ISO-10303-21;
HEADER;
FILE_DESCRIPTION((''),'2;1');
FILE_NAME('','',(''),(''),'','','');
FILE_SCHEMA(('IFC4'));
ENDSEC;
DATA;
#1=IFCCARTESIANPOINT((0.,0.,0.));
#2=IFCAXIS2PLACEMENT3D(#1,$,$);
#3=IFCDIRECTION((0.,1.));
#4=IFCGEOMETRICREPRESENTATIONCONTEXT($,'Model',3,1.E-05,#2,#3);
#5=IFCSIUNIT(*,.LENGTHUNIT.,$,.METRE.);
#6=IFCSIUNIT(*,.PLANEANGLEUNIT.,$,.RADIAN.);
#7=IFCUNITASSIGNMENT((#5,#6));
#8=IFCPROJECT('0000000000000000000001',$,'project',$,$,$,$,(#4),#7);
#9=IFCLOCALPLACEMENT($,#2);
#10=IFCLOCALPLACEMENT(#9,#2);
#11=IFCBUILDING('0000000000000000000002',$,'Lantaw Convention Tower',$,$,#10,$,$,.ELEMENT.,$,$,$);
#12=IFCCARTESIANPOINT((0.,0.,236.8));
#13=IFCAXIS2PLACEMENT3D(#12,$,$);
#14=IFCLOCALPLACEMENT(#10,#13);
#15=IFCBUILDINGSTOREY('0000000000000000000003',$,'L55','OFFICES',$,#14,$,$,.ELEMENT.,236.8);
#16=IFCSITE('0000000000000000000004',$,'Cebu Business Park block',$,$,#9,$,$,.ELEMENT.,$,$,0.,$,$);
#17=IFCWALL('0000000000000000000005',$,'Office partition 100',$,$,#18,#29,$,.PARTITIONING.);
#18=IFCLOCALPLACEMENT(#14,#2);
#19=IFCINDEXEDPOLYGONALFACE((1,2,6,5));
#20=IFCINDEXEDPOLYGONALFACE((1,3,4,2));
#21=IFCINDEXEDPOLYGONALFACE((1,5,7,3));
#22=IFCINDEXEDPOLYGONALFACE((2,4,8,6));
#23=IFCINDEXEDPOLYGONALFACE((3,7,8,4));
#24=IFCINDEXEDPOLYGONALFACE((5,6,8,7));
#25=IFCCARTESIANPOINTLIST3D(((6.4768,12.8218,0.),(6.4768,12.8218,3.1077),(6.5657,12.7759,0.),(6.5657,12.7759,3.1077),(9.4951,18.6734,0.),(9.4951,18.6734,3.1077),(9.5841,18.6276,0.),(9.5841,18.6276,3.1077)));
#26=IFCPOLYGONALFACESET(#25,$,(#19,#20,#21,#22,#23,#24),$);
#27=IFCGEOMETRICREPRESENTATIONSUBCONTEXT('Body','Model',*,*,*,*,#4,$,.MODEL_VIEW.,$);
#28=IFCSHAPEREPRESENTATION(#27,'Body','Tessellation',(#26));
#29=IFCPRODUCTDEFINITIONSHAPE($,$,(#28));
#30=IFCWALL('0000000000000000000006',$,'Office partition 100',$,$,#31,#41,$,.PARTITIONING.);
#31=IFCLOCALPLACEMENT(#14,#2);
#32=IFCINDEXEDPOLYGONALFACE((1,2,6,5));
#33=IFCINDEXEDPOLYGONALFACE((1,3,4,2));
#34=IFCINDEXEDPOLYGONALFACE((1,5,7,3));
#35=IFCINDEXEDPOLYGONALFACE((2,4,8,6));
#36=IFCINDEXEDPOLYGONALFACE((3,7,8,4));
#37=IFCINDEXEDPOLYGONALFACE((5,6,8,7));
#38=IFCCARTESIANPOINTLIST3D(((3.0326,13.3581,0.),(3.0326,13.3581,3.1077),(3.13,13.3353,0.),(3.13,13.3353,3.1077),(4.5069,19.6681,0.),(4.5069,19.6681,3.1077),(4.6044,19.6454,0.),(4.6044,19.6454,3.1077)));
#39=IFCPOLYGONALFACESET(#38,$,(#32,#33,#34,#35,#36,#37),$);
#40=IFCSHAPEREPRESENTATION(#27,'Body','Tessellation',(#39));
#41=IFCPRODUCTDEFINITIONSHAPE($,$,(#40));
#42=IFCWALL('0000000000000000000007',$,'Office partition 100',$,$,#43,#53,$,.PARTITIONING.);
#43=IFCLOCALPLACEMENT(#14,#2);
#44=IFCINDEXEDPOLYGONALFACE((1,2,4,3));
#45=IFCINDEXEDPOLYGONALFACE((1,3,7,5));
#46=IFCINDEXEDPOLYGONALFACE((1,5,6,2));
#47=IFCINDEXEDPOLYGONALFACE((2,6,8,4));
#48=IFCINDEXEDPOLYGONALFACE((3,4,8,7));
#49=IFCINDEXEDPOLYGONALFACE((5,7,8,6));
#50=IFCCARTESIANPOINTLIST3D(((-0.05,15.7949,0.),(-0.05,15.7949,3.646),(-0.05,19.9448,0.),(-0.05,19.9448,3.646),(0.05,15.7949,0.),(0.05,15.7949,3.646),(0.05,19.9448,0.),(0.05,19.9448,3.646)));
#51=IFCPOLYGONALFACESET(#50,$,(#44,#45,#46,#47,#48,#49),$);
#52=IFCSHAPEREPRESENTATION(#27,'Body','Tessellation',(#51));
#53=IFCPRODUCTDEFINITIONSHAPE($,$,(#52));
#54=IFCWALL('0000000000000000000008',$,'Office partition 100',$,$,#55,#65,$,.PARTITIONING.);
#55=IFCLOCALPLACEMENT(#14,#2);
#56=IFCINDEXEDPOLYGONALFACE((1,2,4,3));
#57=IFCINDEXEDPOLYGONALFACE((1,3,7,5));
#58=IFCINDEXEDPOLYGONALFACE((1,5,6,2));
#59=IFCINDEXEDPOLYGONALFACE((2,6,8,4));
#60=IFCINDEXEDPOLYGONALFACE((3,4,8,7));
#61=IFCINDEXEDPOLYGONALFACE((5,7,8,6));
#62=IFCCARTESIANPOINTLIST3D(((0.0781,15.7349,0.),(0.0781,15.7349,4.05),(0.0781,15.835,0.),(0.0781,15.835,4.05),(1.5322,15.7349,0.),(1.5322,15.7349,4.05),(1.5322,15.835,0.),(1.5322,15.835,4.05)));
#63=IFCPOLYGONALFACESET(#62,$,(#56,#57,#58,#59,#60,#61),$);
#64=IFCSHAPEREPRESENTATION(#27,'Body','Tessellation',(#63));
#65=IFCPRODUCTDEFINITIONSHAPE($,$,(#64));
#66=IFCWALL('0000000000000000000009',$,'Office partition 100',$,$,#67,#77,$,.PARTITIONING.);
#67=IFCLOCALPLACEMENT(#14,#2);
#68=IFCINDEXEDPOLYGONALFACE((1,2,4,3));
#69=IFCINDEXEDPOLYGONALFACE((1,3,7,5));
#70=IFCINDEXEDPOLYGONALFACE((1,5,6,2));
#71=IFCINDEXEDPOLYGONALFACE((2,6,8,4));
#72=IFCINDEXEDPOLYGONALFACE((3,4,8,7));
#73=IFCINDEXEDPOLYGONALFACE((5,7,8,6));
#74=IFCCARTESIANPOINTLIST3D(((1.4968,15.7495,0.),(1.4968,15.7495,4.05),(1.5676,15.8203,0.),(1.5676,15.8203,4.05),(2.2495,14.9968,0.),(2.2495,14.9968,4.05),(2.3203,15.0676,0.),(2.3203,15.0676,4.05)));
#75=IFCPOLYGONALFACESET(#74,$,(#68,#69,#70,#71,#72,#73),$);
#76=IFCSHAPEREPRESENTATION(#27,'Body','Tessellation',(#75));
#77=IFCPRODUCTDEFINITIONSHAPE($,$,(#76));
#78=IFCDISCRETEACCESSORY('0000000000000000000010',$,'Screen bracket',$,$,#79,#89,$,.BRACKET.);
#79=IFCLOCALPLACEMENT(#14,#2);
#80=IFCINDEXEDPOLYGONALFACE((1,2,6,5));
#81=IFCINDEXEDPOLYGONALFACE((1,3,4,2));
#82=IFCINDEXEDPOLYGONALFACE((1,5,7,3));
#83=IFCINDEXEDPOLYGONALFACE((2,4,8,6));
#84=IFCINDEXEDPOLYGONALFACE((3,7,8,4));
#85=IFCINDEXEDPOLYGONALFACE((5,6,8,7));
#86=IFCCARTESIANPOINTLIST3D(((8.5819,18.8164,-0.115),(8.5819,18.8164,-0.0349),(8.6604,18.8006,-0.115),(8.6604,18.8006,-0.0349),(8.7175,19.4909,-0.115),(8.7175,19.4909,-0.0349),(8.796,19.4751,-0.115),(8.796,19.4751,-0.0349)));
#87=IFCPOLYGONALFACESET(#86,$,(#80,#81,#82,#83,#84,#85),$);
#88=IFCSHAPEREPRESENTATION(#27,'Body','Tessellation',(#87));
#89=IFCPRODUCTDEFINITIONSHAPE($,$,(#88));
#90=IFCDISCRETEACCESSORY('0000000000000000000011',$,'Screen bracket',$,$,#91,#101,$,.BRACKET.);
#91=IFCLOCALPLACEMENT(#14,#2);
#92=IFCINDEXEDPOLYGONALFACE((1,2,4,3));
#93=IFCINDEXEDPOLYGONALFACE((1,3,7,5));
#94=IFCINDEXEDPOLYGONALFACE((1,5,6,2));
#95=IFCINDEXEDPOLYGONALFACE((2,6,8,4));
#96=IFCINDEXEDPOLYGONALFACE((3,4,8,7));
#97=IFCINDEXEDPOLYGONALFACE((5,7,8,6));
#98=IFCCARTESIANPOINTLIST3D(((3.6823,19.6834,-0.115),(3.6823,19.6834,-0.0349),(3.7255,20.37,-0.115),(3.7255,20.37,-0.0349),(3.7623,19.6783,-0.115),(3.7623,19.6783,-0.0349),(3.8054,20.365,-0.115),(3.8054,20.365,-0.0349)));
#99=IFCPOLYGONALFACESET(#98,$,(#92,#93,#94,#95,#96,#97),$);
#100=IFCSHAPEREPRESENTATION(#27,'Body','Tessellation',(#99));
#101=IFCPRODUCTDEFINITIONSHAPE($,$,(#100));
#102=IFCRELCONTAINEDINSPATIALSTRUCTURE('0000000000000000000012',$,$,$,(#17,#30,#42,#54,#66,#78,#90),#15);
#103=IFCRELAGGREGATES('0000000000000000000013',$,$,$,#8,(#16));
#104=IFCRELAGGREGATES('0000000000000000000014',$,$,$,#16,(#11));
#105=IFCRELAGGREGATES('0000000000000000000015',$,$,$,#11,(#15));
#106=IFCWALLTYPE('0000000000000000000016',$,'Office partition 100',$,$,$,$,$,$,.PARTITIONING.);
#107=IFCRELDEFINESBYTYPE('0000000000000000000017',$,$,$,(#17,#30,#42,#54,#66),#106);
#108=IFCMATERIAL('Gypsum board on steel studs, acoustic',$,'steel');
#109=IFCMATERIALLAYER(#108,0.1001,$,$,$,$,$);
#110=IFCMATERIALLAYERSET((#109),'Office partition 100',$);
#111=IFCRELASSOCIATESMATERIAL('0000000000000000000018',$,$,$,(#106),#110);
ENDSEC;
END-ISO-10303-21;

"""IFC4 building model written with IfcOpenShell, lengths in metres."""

from ifc_helpers import new_model, si_unit, direction, frame, frame_2d, origin, origin_2d, place, context, subcontext, project, spatial, rectangle, extrude, material, layer, layer_set, type_object, element, save


model = new_model("IFC4")

# Units and contexts
model_context = context("Model", 3, precision=1e-05, world=origin(), true_north=direction((0.0, 1.0)))
body_context = subcontext(model_context, "Body", "Model", "MODEL_VIEW")
ifc_project = project(units=[si_unit("LENGTHUNIT", "METRE"), si_unit("PLANEANGLEUNIT", "RADIAN")], contexts=[model_context])

# Site, building, storey
site_placement = place(None, origin())
site = spatial("IfcSite", under=ifc_project, at=site_placement, Name="Cebu Business Park block", CompositionType="ELEMENT", RefElevation=0.0)
building_placement = place(site_placement, origin())
building = spatial("IfcBuilding", under=site, at=building_placement, Name="Lantaw Convention Tower", CompositionType="ELEMENT")
storey_placement = place(building_placement, frame((0.0, 0.0, 236.8)))
storey = spatial("IfcBuildingStorey", under=building, at=storey_placement, Name="L55", Description="OFFICES", CompositionType="ELEMENT", Elevation=236.8)

# Walls
ifc_material_1 = material(Name="Gypsum board on steel studs, acoustic", Category="steel")
ifc_layer_1 = layer(ifc_material_1, 0.1001)
ifc_layer_set_1 = layer_set([ifc_layer_1], Name="Office partition 100")
wall_type_1 = type_object("IfcWallType", Name="Office partition 100", PredefinedType="PARTITIONING", material=ifc_layer_set_1)
wall_1_placement = place(storey_placement, frame((9.5396, 18.6504, 0.0), z_axis=(0.0, 0.0, 1.0), x_axis=(-0.458421, -0.888735, 0.0)))
element("IfcWall", 1, at=wall_1_placement, inside=storey, type_object=wall_type_1, Name="Office partition 100", PredefinedType="PARTITIONING", context=body_context, shape_type="SweptSolid", body=[
    extrude(rectangle(XDim=6.5842, YDim=0.1001, at=frame_2d((3.292, 0.0))), origin(), (0.0, 0.0, 1.0), 3.1077),
])
wall_2_placement = place(storey_placement, frame((4.5557, 19.6567, 0.0), z_axis=(0.0, 0.0, 1.0), x_axis=(-0.227525, -0.973772, 0.0)))
element("IfcWall", 2, at=wall_2_placement, inside=storey, type_object=wall_type_1, Name="Office partition 100", PredefinedType="PARTITIONING", context=body_context, shape_type="SweptSolid", body=[
    extrude(rectangle(XDim=6.48, YDim=0.1001, at=frame_2d((3.24, 0.0))), origin(), (0.0, 0.0, 1.0), 3.1077),
])
wall_3_placement = place(storey_placement, frame((0.0, 19.9448, 0.0), z_axis=(0.0, 0.0, 1.0), x_axis=(0.0, -1.0, 0.0)))
element("IfcWall", 3, at=wall_3_placement, inside=storey, type_object=wall_type_1, Name="Office partition 100", PredefinedType="PARTITIONING", context=body_context, shape_type="SweptSolid", body=[
    extrude(rectangle(XDim=4.1499, YDim=0.1001, at=frame_2d((2.075, 0.0))), origin(), (0.0, 0.0, 1.0), 3.646),
])
wall_4_placement = place(storey_placement, frame((0.0781, 15.7849, 0.0), z_axis=(0.0, 0.0, 1.0), x_axis=(1.0, 0.0, 0.0)))
element("IfcWall", 4, at=wall_4_placement, inside=storey, type_object=wall_type_1, Name="Office partition 100", PredefinedType="PARTITIONING", context=body_context, shape_type="SweptSolid", body=[
    extrude(rectangle(XDim=1.4541, YDim=0.1001, at=frame_2d((0.7271, 0.0))), origin(), (0.0, 0.0, 1.0), 4.05),
])
wall_5_placement = place(storey_placement, frame((1.5322, 15.7849, 0.0), z_axis=(0.0, 0.0, 1.0), x_axis=(0.707107, -0.707107, 0.0)))
element("IfcWall", 5, at=wall_5_placement, inside=storey, type_object=wall_type_1, Name="Office partition 100", PredefinedType="PARTITIONING", context=body_context, shape_type="SweptSolid", body=[
    extrude(rectangle(XDim=1.0645, YDim=0.1001, at=frame_2d((0.5322, 0.0))), origin(), (0.0, 0.0, 1.0), 4.05),
])

# Discrete accessories
for number, where, z_axis, x_axis, name in (
    (6, (8.689, 19.1458, -0.115), (0.0, 0.0, 1.0), (-0.980367, 0.197183, 0.0), "Screen bracket"),
    (7, (3.7439, 20.0242, -0.115), (0.0, 0.0, 1.0), (-0.998029, 0.062758, 0.0), "Screen bracket"),
):
    element("IfcDiscreteAccessory", number, at=place(storey_placement, frame(where, z_axis=z_axis, x_axis=x_axis)), inside=storey, Name=name, PredefinedType="BRACKET", context=body_context, shape_type="SweptSolid", body=[
        extrude(rectangle(XDim=0.0801, YDim=0.688, at=origin_2d()), origin(), (0.0, 0.0, 1.0), 0.0801),
    ])

save(model, "model.ifc")
